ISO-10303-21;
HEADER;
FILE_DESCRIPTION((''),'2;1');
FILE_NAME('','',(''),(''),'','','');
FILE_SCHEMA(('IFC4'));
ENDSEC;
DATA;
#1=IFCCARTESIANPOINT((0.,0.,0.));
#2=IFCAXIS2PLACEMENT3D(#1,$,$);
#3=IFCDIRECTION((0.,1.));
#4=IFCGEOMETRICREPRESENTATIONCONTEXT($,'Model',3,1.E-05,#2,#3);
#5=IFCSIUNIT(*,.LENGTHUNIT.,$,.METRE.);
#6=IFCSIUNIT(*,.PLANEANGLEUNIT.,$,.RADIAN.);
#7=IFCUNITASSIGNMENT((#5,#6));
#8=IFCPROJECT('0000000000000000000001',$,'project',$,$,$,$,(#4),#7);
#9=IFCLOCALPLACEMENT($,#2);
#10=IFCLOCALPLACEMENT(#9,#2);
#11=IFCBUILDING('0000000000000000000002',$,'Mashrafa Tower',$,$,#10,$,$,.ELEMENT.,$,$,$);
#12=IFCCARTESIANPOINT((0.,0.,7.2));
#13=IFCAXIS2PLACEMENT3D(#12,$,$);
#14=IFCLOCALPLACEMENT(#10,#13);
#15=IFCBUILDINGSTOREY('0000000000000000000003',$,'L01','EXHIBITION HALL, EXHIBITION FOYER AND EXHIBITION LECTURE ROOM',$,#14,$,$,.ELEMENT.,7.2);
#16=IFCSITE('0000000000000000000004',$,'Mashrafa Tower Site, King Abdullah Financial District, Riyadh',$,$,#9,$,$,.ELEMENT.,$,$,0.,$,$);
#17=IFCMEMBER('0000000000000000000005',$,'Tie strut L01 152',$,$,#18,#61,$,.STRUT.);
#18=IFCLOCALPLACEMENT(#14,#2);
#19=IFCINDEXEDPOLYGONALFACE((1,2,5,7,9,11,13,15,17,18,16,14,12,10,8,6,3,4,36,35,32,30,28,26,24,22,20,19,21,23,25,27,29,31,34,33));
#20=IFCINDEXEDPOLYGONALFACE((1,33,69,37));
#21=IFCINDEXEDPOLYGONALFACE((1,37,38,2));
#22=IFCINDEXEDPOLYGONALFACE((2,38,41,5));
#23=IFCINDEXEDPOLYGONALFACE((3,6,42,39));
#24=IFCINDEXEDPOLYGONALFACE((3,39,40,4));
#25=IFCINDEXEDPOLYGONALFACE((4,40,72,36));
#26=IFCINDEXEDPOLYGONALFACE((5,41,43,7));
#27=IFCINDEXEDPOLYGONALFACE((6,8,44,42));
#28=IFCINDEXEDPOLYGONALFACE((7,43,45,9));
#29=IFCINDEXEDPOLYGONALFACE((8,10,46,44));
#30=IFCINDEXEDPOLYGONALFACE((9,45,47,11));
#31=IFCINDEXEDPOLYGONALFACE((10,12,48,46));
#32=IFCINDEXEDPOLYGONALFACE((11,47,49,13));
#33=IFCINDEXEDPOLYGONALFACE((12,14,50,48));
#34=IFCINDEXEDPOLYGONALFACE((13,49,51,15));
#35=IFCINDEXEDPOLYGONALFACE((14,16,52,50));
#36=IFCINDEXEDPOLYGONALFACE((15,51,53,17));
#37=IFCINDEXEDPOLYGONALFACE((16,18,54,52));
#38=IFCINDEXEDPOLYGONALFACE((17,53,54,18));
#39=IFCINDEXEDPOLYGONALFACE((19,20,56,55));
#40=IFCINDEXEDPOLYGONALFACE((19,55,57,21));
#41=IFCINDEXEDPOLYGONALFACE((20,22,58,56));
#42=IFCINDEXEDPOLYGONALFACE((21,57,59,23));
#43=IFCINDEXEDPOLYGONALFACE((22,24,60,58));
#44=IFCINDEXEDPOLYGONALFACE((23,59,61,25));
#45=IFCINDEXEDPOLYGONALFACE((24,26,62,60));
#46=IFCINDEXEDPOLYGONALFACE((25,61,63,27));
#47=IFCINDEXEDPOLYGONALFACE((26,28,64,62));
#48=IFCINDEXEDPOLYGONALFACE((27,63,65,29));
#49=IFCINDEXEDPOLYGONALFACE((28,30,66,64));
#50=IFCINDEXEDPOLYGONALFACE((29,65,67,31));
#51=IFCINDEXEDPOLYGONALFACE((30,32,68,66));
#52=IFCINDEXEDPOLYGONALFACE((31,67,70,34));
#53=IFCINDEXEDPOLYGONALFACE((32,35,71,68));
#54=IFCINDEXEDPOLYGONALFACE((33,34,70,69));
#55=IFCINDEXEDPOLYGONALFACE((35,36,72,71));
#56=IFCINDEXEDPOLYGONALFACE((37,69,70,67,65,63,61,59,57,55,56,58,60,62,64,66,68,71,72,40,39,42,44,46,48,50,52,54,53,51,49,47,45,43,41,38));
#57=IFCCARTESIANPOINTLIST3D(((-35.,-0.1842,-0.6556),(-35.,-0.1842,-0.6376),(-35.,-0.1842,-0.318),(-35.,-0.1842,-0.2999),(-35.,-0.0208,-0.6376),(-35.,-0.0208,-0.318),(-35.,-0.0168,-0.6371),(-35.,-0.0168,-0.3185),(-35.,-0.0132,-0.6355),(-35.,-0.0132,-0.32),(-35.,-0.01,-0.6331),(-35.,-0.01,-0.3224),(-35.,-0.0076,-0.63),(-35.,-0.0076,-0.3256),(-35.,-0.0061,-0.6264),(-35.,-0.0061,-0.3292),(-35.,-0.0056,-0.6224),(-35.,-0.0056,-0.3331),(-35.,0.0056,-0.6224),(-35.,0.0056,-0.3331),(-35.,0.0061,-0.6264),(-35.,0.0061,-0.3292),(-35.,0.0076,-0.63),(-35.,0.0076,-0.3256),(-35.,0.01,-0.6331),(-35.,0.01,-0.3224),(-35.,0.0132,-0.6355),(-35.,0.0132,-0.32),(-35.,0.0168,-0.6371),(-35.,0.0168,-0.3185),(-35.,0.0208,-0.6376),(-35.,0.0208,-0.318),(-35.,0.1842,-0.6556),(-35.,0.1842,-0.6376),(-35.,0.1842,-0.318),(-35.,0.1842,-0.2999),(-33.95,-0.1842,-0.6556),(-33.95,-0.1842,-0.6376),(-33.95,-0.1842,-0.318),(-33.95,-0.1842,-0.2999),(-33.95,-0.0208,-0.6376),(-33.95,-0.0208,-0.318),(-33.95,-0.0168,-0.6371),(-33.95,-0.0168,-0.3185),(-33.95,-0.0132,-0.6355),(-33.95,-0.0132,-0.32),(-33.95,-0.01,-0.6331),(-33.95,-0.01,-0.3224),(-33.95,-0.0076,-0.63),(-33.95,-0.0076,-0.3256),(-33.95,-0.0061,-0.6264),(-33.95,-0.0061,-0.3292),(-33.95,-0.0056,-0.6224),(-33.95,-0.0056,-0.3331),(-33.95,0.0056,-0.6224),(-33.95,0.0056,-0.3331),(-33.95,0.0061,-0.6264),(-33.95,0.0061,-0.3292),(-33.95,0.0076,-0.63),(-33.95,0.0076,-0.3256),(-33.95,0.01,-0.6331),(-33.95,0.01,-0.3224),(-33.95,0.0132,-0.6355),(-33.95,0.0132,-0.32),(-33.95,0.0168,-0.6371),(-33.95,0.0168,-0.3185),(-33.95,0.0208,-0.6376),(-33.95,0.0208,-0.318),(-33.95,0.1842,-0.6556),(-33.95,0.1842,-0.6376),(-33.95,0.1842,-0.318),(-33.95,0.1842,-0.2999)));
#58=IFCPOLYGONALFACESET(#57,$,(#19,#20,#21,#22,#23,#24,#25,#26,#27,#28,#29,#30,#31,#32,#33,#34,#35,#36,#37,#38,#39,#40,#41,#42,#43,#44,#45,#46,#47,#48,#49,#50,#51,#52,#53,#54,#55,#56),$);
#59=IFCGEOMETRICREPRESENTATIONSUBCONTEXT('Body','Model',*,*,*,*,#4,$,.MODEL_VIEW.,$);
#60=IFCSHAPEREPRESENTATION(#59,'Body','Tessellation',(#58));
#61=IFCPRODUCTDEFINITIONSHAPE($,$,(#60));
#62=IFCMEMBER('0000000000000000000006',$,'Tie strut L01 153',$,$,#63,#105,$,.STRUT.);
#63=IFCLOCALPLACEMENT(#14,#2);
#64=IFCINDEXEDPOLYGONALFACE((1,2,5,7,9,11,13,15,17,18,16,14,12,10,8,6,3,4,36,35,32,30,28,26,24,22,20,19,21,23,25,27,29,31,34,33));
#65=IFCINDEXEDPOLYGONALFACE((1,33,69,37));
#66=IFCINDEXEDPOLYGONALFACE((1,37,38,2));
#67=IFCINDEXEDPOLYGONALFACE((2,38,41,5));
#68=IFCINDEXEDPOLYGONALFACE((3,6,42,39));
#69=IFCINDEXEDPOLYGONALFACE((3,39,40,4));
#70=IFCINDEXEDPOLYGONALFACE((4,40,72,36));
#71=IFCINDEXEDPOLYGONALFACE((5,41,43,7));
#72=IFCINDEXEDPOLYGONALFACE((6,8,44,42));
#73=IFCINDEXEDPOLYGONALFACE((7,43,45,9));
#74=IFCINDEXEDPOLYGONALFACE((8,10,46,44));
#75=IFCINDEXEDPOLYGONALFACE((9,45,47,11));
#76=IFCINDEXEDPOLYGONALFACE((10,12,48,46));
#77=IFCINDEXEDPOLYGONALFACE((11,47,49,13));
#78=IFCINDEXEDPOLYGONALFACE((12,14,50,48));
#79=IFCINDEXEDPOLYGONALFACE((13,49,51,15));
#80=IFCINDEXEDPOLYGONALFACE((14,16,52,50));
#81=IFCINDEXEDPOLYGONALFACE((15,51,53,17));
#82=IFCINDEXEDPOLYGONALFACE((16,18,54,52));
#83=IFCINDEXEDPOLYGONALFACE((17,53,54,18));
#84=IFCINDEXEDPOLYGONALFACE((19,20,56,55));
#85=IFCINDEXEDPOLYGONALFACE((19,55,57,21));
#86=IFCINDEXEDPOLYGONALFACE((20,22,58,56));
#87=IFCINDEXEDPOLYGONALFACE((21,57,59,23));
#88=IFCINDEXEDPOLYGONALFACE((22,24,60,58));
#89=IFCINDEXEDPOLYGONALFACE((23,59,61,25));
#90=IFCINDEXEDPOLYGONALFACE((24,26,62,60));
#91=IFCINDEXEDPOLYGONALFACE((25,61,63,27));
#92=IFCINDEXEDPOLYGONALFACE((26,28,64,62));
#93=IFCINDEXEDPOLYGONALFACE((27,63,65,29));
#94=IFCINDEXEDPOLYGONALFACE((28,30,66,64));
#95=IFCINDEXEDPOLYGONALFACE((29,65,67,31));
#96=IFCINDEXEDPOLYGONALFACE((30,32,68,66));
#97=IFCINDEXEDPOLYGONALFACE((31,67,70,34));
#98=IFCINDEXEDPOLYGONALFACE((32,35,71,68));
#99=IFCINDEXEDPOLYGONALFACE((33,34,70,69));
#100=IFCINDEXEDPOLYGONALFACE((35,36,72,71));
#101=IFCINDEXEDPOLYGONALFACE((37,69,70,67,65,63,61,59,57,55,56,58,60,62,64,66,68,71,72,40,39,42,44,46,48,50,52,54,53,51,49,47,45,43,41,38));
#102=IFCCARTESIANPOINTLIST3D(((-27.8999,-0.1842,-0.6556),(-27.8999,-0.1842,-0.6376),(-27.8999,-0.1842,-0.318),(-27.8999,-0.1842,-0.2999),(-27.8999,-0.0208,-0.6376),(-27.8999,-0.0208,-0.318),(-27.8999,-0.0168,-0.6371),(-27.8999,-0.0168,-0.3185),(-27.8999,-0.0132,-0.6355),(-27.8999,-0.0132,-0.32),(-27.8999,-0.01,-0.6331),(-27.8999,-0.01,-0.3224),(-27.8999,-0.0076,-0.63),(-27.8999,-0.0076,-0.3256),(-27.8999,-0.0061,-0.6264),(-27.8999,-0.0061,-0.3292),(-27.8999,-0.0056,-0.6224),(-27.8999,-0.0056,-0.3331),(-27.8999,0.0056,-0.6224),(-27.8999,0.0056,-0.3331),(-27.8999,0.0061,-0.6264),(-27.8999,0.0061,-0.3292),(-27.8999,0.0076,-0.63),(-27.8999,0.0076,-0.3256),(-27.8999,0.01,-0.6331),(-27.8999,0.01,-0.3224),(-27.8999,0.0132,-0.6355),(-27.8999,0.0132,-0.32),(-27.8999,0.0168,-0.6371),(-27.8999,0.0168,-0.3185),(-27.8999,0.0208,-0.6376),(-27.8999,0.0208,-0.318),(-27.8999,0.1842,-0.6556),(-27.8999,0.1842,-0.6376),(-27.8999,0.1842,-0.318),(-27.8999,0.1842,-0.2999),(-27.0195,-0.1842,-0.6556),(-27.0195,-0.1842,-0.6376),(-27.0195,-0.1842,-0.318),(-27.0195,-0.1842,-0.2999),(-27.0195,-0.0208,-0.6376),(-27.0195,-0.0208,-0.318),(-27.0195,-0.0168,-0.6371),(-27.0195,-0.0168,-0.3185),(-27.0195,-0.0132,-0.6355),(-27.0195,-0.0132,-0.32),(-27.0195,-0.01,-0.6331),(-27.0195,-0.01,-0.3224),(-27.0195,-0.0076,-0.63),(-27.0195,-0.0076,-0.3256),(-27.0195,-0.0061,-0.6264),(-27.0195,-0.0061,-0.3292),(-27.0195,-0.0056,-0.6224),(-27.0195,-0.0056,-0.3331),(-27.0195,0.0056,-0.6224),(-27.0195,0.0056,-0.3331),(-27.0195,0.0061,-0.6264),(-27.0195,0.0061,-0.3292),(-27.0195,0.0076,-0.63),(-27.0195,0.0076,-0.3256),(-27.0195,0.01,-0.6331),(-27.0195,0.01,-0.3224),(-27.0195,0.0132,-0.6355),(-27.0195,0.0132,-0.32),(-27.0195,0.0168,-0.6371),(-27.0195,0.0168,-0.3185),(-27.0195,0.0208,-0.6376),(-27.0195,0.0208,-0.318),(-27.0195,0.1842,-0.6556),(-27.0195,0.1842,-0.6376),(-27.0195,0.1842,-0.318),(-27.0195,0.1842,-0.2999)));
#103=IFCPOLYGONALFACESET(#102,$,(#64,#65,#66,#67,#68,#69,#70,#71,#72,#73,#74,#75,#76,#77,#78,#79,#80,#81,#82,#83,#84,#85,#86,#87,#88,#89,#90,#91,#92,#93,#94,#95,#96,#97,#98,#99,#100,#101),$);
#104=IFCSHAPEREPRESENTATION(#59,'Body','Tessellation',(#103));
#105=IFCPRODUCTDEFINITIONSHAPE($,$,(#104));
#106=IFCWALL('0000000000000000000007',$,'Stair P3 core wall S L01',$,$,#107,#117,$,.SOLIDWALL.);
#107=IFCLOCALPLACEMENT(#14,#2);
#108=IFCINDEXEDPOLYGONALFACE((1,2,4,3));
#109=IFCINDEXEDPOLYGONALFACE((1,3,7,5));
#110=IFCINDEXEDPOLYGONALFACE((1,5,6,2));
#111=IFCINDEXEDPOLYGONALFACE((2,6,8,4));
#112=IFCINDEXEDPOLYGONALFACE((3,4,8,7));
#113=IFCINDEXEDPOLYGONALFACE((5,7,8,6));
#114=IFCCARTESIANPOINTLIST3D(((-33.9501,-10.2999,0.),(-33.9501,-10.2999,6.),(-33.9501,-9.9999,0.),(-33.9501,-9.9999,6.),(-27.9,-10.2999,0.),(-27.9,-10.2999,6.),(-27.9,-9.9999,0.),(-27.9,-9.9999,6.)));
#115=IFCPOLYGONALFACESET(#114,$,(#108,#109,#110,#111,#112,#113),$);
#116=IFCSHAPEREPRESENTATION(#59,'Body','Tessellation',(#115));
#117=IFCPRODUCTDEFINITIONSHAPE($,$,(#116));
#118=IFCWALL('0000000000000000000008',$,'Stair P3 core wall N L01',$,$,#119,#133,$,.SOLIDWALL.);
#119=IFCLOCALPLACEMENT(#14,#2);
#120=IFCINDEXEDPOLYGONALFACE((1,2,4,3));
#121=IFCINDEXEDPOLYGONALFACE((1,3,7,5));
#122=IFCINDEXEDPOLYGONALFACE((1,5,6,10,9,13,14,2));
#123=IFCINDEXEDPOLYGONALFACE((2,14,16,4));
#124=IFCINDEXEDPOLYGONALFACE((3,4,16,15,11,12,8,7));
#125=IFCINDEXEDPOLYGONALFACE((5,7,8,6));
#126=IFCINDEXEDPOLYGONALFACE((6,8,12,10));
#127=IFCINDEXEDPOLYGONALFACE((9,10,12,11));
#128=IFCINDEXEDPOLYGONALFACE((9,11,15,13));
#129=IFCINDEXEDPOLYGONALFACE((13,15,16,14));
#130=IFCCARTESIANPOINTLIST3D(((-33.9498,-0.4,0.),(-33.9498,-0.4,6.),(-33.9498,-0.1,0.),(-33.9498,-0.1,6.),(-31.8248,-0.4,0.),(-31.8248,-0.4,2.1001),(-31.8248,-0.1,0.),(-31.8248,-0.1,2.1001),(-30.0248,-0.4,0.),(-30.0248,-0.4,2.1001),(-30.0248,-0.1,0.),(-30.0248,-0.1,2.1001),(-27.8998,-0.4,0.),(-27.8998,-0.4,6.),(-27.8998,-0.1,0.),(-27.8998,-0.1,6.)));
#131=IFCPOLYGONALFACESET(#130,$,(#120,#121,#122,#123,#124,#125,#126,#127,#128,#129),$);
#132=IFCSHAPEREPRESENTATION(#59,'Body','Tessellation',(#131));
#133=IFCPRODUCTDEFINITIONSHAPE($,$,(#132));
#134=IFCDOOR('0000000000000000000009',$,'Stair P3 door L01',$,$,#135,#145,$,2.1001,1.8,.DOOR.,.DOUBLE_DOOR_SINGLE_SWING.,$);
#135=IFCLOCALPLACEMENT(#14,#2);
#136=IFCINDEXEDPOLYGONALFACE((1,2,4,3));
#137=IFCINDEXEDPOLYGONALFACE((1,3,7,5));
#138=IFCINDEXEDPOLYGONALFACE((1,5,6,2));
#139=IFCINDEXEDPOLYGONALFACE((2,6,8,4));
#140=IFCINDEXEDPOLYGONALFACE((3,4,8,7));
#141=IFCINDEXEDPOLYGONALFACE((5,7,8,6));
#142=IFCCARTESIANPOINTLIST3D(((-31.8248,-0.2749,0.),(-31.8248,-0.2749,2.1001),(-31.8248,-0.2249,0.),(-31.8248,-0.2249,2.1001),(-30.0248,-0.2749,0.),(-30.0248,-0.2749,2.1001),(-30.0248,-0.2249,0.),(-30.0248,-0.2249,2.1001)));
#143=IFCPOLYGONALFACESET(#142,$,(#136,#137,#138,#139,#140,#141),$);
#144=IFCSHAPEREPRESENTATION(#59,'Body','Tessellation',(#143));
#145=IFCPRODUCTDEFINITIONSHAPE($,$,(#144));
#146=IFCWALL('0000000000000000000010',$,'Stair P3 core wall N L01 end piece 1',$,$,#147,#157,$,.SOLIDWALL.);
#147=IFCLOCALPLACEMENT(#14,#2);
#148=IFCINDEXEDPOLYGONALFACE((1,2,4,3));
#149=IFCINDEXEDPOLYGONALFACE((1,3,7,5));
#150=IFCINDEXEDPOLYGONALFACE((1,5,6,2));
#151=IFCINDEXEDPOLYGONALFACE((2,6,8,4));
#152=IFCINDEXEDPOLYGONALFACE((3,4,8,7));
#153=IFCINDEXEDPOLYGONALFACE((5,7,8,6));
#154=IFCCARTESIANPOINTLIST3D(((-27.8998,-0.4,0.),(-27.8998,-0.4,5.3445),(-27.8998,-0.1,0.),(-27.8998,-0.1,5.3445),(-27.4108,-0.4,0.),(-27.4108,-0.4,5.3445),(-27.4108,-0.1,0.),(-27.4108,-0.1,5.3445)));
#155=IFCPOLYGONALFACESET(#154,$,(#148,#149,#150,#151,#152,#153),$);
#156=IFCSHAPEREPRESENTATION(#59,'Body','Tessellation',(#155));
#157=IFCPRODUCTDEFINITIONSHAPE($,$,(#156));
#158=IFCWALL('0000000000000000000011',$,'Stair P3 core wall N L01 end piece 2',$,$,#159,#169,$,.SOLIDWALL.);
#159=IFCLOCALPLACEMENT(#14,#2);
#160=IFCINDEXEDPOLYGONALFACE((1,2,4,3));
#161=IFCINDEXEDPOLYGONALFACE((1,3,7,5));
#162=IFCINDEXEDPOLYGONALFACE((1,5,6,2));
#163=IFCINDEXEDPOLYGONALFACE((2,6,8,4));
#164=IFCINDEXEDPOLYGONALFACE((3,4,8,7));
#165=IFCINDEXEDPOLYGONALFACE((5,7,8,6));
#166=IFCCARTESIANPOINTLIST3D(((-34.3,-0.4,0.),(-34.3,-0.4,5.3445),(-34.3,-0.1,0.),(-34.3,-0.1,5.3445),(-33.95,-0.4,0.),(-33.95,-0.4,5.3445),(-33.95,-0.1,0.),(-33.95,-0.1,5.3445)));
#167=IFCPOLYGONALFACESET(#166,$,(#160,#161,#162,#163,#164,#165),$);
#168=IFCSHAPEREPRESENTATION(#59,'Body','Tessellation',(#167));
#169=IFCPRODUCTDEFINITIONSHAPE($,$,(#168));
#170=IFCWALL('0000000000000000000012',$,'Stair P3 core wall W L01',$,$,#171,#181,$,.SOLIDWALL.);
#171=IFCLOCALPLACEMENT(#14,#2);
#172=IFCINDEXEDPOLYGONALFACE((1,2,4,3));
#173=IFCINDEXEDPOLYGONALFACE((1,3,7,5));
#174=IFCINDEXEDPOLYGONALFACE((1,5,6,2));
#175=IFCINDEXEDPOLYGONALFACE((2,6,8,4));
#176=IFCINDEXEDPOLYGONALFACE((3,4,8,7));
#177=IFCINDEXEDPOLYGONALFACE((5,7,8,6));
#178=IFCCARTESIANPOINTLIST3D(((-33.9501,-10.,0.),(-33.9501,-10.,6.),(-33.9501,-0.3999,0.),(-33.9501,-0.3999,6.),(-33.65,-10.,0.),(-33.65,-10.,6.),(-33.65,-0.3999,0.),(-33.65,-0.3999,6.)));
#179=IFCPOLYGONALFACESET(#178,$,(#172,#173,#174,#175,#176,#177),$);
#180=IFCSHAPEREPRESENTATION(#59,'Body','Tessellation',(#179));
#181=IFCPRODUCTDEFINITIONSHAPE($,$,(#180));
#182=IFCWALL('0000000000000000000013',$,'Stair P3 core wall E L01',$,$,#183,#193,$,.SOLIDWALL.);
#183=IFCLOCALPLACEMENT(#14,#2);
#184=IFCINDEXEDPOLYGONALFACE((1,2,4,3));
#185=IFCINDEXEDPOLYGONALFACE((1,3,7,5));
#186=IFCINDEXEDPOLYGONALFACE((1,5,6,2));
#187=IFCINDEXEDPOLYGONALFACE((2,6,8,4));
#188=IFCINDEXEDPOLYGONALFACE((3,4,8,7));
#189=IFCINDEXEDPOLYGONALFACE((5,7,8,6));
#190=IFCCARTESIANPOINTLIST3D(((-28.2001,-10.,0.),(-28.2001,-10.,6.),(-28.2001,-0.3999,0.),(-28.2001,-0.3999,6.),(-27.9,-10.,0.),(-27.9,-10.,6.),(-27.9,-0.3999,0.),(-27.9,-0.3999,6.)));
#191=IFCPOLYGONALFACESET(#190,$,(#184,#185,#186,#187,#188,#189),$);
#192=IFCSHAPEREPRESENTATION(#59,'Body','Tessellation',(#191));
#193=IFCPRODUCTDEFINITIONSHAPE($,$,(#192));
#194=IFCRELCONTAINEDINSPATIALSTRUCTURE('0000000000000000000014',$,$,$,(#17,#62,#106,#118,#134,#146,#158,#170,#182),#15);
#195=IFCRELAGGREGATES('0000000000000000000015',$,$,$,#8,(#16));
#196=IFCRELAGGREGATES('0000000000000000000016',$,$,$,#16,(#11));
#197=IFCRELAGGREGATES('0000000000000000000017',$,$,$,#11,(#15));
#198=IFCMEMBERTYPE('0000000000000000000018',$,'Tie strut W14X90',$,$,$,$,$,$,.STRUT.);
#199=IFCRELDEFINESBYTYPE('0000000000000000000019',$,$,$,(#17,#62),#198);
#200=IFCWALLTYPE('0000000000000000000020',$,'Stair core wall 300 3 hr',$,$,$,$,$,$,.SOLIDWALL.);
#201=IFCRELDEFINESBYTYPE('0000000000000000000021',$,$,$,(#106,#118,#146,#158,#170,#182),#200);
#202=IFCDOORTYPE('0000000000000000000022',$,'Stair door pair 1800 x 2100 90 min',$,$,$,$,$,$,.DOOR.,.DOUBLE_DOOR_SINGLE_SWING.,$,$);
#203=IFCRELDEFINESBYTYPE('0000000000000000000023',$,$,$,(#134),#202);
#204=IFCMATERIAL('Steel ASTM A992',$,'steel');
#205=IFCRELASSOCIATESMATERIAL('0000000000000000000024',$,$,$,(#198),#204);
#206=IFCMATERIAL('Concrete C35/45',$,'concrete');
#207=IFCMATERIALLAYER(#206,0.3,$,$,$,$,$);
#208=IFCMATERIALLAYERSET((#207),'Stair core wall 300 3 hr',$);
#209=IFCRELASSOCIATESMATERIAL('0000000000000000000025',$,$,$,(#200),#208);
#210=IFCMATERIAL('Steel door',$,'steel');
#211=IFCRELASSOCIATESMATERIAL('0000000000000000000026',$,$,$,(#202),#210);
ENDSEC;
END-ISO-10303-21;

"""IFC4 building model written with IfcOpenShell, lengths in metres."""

from ifc_helpers import new_model, si_unit, direction, frame, frame_2d, origin, origin_2d, place, context, subcontext, project, spatial, rectangle, i_section, extrude, source, transform, mapped, material, layer, layer_set, material_profile, profile_set, type_object, type_shapes, element, fill, save


model = new_model("IFC4")

# Units and contexts
model_context = context("Model", 3, precision=1e-05, world=origin(), true_north=direction((0.0, 1.0)))
body_context = subcontext(model_context, "Body", "Model", "MODEL_VIEW")
ifc_project = project(units=[si_unit("LENGTHUNIT", "METRE"), si_unit("PLANEANGLEUNIT", "RADIAN")], contexts=[model_context])

# Site, building, storey
site_placement = place(None, origin())
site = spatial("IfcSite", under=ifc_project, at=site_placement, Name="Mashrafa Tower Site, King Abdullah Financial District, Riyadh", CompositionType="ELEMENT", RefElevation=0.0)
building_placement = place(site_placement, origin())
building = spatial("IfcBuilding", under=site, at=building_placement, Name="Mashrafa Tower", CompositionType="ELEMENT")
storey_placement = place(building_placement, frame((0.0, 0.0, 7.2)))
storey = spatial("IfcBuildingStorey", under=building, at=storey_placement, Name="L01", Description="EXHIBITION HALL, EXHIBITION FOYER AND EXHIBITION LECTURE ROOM", CompositionType="ELEMENT", Elevation=7.2)

# Members
ifc_material_1 = material(Name="Steel ASTM A992", Category="steel")
ifc_material_profile_1 = material_profile(ifc_material_1, i_section(OverallWidth=0.3684, OverallDepth=0.3557, WebThickness=0.0112, FlangeThickness=0.0181, FilletRadius=0.0151, at=origin_2d()), Name="W14X90")
ifc_profile_set_1 = profile_set([ifc_material_profile_1], Name="Steel ASTM A992")
member_type_1 = type_object("IfcMemberType", Name="Tie strut W14X90", PredefinedType="STRUT", material=ifc_profile_set_1)
shared_shape_1 = source(origin(), body_context, "Body", "SweptSolid", [
    extrude(i_section(OverallWidth=0.3684, OverallDepth=0.3557, WebThickness=0.0112, FlangeThickness=0.0181, FilletRadius=0.0151, at=origin_2d()), origin(), (0.0, 0.0, 1.0), 1.05),
])
member_1_placement = place(storey_placement, frame((-33.95, 0.0, -0.4778), z_axis=(-1.0, 0.0, 0.0), x_axis=(0.0, -1.0, 0.0)))
element("IfcMember", 1, at=member_1_placement, inside=storey, type_object=member_type_1, Name="Tie strut L01 152", PredefinedType="STRUT", context=body_context, shape_type="MappedRepresentation", body=[
    mapped(shared_shape_1, transform((0.0, 0.0, 0.0))),
])
shared_shape_2 = source(origin(), body_context, "Body", "SweptSolid", [
    extrude(i_section(OverallWidth=0.3684, OverallDepth=0.3557, WebThickness=0.0112, FlangeThickness=0.0181, FilletRadius=0.0151, at=origin_2d()), origin(), (0.0, 0.0, 1.0), 0.8804),
])
type_shapes(member_type_1, [shared_shape_1, shared_shape_2])
member_2_placement = place(storey_placement, frame((-27.0195, 0.0, -0.4778), z_axis=(-1.0, 0.0, 0.0), x_axis=(0.0, -1.0, 0.0)))
element("IfcMember", 2, at=member_2_placement, inside=storey, type_object=member_type_1, Name="Tie strut L01 153", PredefinedType="STRUT", context=body_context, shape_type="MappedRepresentation", body=[
    mapped(shared_shape_2, transform((0.0, 0.0, 0.0))),
])

# Wall
ifc_material_2 = material(Name="Concrete C35/45", Category="concrete")
ifc_layer = layer(ifc_material_2, 0.3)
ifc_layer_set = layer_set([ifc_layer], Name="Stair core wall 300 3 hr")
wall_type = type_object("IfcWallType", Name="Stair core wall 300 3 hr", PredefinedType="SOLIDWALL", material=ifc_layer_set)
wall_1_placement = place(storey_placement, frame((-33.95, -10.1499, 0.0), z_axis=(0.0, 0.0, 1.0), x_axis=(1.0, 0.0, 0.0)))
element("IfcWall", 3, at=wall_1_placement, inside=storey, type_object=wall_type, Name="Stair P3 core wall S L01", PredefinedType="SOLIDWALL", context=body_context, shape_type="SweptSolid", body=[
    extrude(rectangle(XDim=6.05, YDim=0.3, at=frame_2d((3.0249, 0.0))), origin(), (0.0, 0.0, 1.0), 6.0),
])

# Wall, opening, door
wall_2_placement = place(storey_placement, frame((-27.8999, -0.25, 0.0), z_axis=(0.0, 0.0, 1.0), x_axis=(-1.0, 0.0, 0.0)))
wall_2 = element("IfcWall", 4, at=wall_2_placement, inside=storey, type_object=wall_type, Name="Stair P3 core wall N L01", PredefinedType="SOLIDWALL", context=body_context, shape_type="SweptSolid", body=[
    extrude(rectangle(XDim=6.05, YDim=0.3, at=frame_2d((3.0249, 0.0))), origin(), (0.0, 0.0, 1.0), 6.0),
])
opening_placement = place(wall_2_placement, frame((2.125, 0.0, 0.0)))
opening = element("IfcOpeningElement", 5, at=opening_placement, cuts=wall_2, PredefinedType="OPENING", context=body_context, shape_type="SweptSolid", body=[
    extrude(rectangle(XDim=1.8, YDim=2.1001, at=frame_2d((0.8999, 1.05))), frame((0.0, 0.1599, 0.0), z_axis=(0.0, -1.0, 0.0), x_axis=(1.0, 0.0, 0.0)), (0.0, 0.0, 1.0), 0.3201),
])
ifc_material_3 = material(Name="Steel door", Category="steel")
door_type = type_object("IfcDoorType", Name="Stair door pair 1800 x 2100 90 min", OperationType="DOUBLE_DOOR_SINGLE_SWING", PredefinedType="DOOR", material=ifc_material_3)
door_placement = place(opening_placement, origin())
door = element("IfcDoor", 6, at=door_placement, inside=storey, type_object=door_type, Name="Stair P3 door L01", OperationType="DOUBLE_DOOR_SINGLE_SWING", OverallHeight=2.1001, OverallWidth=1.8, PredefinedType="DOOR", context=body_context, shape_type="SweptSolid", body=[
    extrude(rectangle(XDim=1.8, YDim=2.1001, at=frame_2d((0.8999, 1.05))), frame((0.0, 0.0249, 0.0), z_axis=(0.0, -1.0, 0.0), x_axis=(1.0, 0.0, 0.0)), (0.0, 0.0, 1.0), 0.05),
])
fill(opening, door)

# Walls
wall_3_placement = place(storey_placement, frame((-27.8999, -0.25, 0.0), z_axis=(0.0, 0.0, 1.0), x_axis=(1.0, 0.0, 0.0)))
element("IfcWall", 7, at=wall_3_placement, inside=storey, type_object=wall_type, Name="Stair P3 core wall N L01 end piece 1", PredefinedType="SOLIDWALL", context=body_context, shape_type="SweptSolid", body=[
    extrude(rectangle(XDim=0.489, YDim=0.3, at=frame_2d((0.2446, 0.0))), origin(), (0.0, 0.0, 1.0), 5.3445),
])
wall_4_placement = place(storey_placement, frame((-33.95, -0.25, 0.0), z_axis=(0.0, 0.0, 1.0), x_axis=(-1.0, 0.0, 0.0)))
element("IfcWall", 8, at=wall_4_placement, inside=storey, type_object=wall_type, Name="Stair P3 core wall N L01 end piece 2", PredefinedType="SOLIDWALL", context=body_context, shape_type="SweptSolid", body=[
    extrude(rectangle(XDim=0.3501, YDim=0.3, at=frame_2d((0.175, 0.0))), origin(), (0.0, 0.0, 1.0), 5.3445),
])
for number, where, z_axis, x_axis, name in (
    (9, (-33.8, -0.3999, 0.0), (0.0, 0.0, 1.0), (0.0, -1.0, 0.0), "Stair P3 core wall W L01"),
    (10, (-28.05, -10.0, 0.0), (0.0, 0.0, 1.0), (0.0, 1.0, 0.0), "Stair P3 core wall E L01"),
):
    element("IfcWall", number, at=place(storey_placement, frame(where, z_axis=z_axis, x_axis=x_axis)), inside=storey, type_object=wall_type, Name=name, PredefinedType="SOLIDWALL", context=body_context, shape_type="SweptSolid", body=[
        extrude(rectangle(XDim=9.6001, YDim=0.3, at=frame_2d((4.8, 0.0))), origin(), (0.0, 0.0, 1.0), 6.0),
    ])

save(model, "model.ifc")
